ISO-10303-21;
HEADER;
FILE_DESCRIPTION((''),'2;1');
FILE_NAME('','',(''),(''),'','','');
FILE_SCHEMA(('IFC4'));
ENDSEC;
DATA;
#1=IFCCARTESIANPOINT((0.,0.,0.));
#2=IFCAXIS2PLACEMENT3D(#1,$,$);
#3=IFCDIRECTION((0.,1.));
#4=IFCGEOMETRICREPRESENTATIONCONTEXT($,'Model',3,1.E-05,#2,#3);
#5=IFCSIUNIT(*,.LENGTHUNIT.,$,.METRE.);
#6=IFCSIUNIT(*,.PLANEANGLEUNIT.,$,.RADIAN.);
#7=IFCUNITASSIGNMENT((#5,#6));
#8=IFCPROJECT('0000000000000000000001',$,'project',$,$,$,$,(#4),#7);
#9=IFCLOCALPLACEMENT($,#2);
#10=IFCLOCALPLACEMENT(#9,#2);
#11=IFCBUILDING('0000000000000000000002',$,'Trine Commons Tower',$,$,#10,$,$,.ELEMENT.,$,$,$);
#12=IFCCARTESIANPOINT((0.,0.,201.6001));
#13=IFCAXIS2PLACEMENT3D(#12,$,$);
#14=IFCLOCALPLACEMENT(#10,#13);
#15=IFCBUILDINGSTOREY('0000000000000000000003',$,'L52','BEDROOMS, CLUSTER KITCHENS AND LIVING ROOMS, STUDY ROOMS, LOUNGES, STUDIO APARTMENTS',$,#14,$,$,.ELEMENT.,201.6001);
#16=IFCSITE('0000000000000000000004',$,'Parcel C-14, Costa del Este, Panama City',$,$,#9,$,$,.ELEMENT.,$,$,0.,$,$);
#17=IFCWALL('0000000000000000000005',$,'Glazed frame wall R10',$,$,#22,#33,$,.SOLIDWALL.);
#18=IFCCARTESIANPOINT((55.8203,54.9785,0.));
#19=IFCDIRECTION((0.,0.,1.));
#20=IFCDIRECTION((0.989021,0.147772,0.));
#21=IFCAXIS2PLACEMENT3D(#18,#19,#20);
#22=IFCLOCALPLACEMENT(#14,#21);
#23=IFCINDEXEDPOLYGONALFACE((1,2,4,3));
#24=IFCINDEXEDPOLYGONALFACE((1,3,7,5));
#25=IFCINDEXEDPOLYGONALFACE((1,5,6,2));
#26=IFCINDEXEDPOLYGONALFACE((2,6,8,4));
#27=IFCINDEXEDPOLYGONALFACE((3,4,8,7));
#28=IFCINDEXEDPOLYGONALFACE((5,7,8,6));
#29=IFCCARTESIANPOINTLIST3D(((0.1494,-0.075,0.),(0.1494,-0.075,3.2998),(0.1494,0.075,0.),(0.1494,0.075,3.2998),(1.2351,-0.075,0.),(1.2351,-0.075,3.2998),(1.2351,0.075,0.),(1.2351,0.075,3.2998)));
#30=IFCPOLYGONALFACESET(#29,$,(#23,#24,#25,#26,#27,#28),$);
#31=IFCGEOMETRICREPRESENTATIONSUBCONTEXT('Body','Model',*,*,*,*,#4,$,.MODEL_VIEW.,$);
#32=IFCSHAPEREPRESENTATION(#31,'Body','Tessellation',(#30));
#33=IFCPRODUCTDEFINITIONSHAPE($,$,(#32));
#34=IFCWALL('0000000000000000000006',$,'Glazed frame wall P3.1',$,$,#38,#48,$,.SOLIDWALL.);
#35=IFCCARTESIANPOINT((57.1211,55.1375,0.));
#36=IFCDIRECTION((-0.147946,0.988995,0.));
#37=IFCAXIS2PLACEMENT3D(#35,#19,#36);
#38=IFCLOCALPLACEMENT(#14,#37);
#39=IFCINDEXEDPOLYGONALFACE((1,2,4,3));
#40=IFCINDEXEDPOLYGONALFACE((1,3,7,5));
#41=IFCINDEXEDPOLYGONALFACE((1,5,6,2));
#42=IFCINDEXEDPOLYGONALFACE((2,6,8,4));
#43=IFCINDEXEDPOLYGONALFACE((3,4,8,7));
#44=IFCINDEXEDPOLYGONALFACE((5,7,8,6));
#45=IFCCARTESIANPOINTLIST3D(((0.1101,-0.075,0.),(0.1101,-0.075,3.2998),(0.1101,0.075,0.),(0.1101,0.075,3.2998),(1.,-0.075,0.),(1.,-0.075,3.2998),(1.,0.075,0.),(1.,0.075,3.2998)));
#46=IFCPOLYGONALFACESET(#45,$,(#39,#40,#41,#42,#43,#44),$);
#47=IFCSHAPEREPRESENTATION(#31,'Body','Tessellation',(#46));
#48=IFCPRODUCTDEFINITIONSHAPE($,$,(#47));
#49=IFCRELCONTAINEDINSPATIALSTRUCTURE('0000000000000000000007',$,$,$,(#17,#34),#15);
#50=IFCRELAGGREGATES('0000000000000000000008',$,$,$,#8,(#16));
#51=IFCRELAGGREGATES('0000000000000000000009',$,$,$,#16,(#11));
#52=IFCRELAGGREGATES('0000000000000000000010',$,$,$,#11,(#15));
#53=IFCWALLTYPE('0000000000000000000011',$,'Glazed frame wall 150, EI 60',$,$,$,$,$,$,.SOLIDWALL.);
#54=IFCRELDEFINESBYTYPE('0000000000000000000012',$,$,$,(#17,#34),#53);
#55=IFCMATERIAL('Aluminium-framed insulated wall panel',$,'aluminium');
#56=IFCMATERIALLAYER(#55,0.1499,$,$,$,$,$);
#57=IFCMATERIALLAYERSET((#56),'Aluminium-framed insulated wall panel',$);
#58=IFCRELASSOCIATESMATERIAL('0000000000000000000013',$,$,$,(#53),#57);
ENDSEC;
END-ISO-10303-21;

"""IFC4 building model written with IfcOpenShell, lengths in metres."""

from ifc_helpers import new_model, si_unit, direction, frame, origin, place, context, subcontext, project, spatial, polyline, outline, extrude, material, layer, layer_set, type_object, element, save


model = new_model("IFC4")

# Units and contexts
model_context = context("Model", 3, precision=1e-05, world=origin(), true_north=direction((0.0, 1.0)))
body_context = subcontext(model_context, "Body", "Model", "MODEL_VIEW")
ifc_project = project(units=[si_unit("LENGTHUNIT", "METRE"), si_unit("PLANEANGLEUNIT", "RADIAN")], contexts=[model_context])

# Site, building, storey
site_placement = place(None, origin())
site = spatial("IfcSite", under=ifc_project, at=site_placement, Name="Parcel C-14, Costa del Este, Panama City", CompositionType="ELEMENT", RefElevation=0.0)
building_placement = place(site_placement, origin())
building = spatial("IfcBuilding", under=site, at=building_placement, Name="Trine Commons Tower", CompositionType="ELEMENT")
storey_placement = place(building_placement, frame((0.0, 0.0, 201.6001)))
storey = spatial("IfcBuildingStorey", under=building, at=storey_placement, Name="L52", Description="BEDROOMS, CLUSTER KITCHENS AND LIVING ROOMS, STUDY ROOMS, LOUNGES, STUDIO APARTMENTS", CompositionType="ELEMENT", Elevation=201.6001)

# Walls
ifc_material_1 = material(Name="Aluminium-framed insulated wall panel", Category="aluminium")
ifc_layer_1 = layer(ifc_material_1, 0.1499)
ifc_layer_set_1 = layer_set([ifc_layer_1], Name="Aluminium-framed insulated wall panel")
wall_type_1 = type_object("IfcWallType", Name="Glazed frame wall 150, EI 60", PredefinedType="SOLIDWALL", material=ifc_layer_set_1)
wall_1_placement = place(storey_placement, frame((55.8203, 54.9785, 0.0), z_axis=(0.0, 0.0, 1.0), x_axis=(0.989021, 0.147772, 0.0)))
element("IfcWall", 1, at=wall_1_placement, inside=storey, type_object=wall_type_1, Name="Glazed frame wall R10", PredefinedType="SOLIDWALL", context=body_context, shape_type="SweptSolid", body=[
    extrude(outline(polyline([(0.1494, 0.075), (0.1494, -0.075), (1.2351, -0.075), (1.2351, 0.075), (0.1494, 0.075)])), origin(), (0.0, 0.0, 1.0), 3.2998),
])
wall_2_placement = place(storey_placement, frame((57.1211, 55.1375, 0.0), z_axis=(0.0, 0.0, 1.0), x_axis=(-0.147946, 0.988995, 0.0)))
element("IfcWall", 2, at=wall_2_placement, inside=storey, type_object=wall_type_1, Name="Glazed frame wall P3.1", PredefinedType="SOLIDWALL", context=body_context, shape_type="SweptSolid", body=[
    extrude(outline(polyline([(0.1101, -0.075), (1.0, -0.075), (1.0, 0.075), (0.1101, 0.075), (0.1101, -0.075)])), origin(), (0.0, 0.0, 1.0), 3.2998),
])

save(model, "model.ifc")
